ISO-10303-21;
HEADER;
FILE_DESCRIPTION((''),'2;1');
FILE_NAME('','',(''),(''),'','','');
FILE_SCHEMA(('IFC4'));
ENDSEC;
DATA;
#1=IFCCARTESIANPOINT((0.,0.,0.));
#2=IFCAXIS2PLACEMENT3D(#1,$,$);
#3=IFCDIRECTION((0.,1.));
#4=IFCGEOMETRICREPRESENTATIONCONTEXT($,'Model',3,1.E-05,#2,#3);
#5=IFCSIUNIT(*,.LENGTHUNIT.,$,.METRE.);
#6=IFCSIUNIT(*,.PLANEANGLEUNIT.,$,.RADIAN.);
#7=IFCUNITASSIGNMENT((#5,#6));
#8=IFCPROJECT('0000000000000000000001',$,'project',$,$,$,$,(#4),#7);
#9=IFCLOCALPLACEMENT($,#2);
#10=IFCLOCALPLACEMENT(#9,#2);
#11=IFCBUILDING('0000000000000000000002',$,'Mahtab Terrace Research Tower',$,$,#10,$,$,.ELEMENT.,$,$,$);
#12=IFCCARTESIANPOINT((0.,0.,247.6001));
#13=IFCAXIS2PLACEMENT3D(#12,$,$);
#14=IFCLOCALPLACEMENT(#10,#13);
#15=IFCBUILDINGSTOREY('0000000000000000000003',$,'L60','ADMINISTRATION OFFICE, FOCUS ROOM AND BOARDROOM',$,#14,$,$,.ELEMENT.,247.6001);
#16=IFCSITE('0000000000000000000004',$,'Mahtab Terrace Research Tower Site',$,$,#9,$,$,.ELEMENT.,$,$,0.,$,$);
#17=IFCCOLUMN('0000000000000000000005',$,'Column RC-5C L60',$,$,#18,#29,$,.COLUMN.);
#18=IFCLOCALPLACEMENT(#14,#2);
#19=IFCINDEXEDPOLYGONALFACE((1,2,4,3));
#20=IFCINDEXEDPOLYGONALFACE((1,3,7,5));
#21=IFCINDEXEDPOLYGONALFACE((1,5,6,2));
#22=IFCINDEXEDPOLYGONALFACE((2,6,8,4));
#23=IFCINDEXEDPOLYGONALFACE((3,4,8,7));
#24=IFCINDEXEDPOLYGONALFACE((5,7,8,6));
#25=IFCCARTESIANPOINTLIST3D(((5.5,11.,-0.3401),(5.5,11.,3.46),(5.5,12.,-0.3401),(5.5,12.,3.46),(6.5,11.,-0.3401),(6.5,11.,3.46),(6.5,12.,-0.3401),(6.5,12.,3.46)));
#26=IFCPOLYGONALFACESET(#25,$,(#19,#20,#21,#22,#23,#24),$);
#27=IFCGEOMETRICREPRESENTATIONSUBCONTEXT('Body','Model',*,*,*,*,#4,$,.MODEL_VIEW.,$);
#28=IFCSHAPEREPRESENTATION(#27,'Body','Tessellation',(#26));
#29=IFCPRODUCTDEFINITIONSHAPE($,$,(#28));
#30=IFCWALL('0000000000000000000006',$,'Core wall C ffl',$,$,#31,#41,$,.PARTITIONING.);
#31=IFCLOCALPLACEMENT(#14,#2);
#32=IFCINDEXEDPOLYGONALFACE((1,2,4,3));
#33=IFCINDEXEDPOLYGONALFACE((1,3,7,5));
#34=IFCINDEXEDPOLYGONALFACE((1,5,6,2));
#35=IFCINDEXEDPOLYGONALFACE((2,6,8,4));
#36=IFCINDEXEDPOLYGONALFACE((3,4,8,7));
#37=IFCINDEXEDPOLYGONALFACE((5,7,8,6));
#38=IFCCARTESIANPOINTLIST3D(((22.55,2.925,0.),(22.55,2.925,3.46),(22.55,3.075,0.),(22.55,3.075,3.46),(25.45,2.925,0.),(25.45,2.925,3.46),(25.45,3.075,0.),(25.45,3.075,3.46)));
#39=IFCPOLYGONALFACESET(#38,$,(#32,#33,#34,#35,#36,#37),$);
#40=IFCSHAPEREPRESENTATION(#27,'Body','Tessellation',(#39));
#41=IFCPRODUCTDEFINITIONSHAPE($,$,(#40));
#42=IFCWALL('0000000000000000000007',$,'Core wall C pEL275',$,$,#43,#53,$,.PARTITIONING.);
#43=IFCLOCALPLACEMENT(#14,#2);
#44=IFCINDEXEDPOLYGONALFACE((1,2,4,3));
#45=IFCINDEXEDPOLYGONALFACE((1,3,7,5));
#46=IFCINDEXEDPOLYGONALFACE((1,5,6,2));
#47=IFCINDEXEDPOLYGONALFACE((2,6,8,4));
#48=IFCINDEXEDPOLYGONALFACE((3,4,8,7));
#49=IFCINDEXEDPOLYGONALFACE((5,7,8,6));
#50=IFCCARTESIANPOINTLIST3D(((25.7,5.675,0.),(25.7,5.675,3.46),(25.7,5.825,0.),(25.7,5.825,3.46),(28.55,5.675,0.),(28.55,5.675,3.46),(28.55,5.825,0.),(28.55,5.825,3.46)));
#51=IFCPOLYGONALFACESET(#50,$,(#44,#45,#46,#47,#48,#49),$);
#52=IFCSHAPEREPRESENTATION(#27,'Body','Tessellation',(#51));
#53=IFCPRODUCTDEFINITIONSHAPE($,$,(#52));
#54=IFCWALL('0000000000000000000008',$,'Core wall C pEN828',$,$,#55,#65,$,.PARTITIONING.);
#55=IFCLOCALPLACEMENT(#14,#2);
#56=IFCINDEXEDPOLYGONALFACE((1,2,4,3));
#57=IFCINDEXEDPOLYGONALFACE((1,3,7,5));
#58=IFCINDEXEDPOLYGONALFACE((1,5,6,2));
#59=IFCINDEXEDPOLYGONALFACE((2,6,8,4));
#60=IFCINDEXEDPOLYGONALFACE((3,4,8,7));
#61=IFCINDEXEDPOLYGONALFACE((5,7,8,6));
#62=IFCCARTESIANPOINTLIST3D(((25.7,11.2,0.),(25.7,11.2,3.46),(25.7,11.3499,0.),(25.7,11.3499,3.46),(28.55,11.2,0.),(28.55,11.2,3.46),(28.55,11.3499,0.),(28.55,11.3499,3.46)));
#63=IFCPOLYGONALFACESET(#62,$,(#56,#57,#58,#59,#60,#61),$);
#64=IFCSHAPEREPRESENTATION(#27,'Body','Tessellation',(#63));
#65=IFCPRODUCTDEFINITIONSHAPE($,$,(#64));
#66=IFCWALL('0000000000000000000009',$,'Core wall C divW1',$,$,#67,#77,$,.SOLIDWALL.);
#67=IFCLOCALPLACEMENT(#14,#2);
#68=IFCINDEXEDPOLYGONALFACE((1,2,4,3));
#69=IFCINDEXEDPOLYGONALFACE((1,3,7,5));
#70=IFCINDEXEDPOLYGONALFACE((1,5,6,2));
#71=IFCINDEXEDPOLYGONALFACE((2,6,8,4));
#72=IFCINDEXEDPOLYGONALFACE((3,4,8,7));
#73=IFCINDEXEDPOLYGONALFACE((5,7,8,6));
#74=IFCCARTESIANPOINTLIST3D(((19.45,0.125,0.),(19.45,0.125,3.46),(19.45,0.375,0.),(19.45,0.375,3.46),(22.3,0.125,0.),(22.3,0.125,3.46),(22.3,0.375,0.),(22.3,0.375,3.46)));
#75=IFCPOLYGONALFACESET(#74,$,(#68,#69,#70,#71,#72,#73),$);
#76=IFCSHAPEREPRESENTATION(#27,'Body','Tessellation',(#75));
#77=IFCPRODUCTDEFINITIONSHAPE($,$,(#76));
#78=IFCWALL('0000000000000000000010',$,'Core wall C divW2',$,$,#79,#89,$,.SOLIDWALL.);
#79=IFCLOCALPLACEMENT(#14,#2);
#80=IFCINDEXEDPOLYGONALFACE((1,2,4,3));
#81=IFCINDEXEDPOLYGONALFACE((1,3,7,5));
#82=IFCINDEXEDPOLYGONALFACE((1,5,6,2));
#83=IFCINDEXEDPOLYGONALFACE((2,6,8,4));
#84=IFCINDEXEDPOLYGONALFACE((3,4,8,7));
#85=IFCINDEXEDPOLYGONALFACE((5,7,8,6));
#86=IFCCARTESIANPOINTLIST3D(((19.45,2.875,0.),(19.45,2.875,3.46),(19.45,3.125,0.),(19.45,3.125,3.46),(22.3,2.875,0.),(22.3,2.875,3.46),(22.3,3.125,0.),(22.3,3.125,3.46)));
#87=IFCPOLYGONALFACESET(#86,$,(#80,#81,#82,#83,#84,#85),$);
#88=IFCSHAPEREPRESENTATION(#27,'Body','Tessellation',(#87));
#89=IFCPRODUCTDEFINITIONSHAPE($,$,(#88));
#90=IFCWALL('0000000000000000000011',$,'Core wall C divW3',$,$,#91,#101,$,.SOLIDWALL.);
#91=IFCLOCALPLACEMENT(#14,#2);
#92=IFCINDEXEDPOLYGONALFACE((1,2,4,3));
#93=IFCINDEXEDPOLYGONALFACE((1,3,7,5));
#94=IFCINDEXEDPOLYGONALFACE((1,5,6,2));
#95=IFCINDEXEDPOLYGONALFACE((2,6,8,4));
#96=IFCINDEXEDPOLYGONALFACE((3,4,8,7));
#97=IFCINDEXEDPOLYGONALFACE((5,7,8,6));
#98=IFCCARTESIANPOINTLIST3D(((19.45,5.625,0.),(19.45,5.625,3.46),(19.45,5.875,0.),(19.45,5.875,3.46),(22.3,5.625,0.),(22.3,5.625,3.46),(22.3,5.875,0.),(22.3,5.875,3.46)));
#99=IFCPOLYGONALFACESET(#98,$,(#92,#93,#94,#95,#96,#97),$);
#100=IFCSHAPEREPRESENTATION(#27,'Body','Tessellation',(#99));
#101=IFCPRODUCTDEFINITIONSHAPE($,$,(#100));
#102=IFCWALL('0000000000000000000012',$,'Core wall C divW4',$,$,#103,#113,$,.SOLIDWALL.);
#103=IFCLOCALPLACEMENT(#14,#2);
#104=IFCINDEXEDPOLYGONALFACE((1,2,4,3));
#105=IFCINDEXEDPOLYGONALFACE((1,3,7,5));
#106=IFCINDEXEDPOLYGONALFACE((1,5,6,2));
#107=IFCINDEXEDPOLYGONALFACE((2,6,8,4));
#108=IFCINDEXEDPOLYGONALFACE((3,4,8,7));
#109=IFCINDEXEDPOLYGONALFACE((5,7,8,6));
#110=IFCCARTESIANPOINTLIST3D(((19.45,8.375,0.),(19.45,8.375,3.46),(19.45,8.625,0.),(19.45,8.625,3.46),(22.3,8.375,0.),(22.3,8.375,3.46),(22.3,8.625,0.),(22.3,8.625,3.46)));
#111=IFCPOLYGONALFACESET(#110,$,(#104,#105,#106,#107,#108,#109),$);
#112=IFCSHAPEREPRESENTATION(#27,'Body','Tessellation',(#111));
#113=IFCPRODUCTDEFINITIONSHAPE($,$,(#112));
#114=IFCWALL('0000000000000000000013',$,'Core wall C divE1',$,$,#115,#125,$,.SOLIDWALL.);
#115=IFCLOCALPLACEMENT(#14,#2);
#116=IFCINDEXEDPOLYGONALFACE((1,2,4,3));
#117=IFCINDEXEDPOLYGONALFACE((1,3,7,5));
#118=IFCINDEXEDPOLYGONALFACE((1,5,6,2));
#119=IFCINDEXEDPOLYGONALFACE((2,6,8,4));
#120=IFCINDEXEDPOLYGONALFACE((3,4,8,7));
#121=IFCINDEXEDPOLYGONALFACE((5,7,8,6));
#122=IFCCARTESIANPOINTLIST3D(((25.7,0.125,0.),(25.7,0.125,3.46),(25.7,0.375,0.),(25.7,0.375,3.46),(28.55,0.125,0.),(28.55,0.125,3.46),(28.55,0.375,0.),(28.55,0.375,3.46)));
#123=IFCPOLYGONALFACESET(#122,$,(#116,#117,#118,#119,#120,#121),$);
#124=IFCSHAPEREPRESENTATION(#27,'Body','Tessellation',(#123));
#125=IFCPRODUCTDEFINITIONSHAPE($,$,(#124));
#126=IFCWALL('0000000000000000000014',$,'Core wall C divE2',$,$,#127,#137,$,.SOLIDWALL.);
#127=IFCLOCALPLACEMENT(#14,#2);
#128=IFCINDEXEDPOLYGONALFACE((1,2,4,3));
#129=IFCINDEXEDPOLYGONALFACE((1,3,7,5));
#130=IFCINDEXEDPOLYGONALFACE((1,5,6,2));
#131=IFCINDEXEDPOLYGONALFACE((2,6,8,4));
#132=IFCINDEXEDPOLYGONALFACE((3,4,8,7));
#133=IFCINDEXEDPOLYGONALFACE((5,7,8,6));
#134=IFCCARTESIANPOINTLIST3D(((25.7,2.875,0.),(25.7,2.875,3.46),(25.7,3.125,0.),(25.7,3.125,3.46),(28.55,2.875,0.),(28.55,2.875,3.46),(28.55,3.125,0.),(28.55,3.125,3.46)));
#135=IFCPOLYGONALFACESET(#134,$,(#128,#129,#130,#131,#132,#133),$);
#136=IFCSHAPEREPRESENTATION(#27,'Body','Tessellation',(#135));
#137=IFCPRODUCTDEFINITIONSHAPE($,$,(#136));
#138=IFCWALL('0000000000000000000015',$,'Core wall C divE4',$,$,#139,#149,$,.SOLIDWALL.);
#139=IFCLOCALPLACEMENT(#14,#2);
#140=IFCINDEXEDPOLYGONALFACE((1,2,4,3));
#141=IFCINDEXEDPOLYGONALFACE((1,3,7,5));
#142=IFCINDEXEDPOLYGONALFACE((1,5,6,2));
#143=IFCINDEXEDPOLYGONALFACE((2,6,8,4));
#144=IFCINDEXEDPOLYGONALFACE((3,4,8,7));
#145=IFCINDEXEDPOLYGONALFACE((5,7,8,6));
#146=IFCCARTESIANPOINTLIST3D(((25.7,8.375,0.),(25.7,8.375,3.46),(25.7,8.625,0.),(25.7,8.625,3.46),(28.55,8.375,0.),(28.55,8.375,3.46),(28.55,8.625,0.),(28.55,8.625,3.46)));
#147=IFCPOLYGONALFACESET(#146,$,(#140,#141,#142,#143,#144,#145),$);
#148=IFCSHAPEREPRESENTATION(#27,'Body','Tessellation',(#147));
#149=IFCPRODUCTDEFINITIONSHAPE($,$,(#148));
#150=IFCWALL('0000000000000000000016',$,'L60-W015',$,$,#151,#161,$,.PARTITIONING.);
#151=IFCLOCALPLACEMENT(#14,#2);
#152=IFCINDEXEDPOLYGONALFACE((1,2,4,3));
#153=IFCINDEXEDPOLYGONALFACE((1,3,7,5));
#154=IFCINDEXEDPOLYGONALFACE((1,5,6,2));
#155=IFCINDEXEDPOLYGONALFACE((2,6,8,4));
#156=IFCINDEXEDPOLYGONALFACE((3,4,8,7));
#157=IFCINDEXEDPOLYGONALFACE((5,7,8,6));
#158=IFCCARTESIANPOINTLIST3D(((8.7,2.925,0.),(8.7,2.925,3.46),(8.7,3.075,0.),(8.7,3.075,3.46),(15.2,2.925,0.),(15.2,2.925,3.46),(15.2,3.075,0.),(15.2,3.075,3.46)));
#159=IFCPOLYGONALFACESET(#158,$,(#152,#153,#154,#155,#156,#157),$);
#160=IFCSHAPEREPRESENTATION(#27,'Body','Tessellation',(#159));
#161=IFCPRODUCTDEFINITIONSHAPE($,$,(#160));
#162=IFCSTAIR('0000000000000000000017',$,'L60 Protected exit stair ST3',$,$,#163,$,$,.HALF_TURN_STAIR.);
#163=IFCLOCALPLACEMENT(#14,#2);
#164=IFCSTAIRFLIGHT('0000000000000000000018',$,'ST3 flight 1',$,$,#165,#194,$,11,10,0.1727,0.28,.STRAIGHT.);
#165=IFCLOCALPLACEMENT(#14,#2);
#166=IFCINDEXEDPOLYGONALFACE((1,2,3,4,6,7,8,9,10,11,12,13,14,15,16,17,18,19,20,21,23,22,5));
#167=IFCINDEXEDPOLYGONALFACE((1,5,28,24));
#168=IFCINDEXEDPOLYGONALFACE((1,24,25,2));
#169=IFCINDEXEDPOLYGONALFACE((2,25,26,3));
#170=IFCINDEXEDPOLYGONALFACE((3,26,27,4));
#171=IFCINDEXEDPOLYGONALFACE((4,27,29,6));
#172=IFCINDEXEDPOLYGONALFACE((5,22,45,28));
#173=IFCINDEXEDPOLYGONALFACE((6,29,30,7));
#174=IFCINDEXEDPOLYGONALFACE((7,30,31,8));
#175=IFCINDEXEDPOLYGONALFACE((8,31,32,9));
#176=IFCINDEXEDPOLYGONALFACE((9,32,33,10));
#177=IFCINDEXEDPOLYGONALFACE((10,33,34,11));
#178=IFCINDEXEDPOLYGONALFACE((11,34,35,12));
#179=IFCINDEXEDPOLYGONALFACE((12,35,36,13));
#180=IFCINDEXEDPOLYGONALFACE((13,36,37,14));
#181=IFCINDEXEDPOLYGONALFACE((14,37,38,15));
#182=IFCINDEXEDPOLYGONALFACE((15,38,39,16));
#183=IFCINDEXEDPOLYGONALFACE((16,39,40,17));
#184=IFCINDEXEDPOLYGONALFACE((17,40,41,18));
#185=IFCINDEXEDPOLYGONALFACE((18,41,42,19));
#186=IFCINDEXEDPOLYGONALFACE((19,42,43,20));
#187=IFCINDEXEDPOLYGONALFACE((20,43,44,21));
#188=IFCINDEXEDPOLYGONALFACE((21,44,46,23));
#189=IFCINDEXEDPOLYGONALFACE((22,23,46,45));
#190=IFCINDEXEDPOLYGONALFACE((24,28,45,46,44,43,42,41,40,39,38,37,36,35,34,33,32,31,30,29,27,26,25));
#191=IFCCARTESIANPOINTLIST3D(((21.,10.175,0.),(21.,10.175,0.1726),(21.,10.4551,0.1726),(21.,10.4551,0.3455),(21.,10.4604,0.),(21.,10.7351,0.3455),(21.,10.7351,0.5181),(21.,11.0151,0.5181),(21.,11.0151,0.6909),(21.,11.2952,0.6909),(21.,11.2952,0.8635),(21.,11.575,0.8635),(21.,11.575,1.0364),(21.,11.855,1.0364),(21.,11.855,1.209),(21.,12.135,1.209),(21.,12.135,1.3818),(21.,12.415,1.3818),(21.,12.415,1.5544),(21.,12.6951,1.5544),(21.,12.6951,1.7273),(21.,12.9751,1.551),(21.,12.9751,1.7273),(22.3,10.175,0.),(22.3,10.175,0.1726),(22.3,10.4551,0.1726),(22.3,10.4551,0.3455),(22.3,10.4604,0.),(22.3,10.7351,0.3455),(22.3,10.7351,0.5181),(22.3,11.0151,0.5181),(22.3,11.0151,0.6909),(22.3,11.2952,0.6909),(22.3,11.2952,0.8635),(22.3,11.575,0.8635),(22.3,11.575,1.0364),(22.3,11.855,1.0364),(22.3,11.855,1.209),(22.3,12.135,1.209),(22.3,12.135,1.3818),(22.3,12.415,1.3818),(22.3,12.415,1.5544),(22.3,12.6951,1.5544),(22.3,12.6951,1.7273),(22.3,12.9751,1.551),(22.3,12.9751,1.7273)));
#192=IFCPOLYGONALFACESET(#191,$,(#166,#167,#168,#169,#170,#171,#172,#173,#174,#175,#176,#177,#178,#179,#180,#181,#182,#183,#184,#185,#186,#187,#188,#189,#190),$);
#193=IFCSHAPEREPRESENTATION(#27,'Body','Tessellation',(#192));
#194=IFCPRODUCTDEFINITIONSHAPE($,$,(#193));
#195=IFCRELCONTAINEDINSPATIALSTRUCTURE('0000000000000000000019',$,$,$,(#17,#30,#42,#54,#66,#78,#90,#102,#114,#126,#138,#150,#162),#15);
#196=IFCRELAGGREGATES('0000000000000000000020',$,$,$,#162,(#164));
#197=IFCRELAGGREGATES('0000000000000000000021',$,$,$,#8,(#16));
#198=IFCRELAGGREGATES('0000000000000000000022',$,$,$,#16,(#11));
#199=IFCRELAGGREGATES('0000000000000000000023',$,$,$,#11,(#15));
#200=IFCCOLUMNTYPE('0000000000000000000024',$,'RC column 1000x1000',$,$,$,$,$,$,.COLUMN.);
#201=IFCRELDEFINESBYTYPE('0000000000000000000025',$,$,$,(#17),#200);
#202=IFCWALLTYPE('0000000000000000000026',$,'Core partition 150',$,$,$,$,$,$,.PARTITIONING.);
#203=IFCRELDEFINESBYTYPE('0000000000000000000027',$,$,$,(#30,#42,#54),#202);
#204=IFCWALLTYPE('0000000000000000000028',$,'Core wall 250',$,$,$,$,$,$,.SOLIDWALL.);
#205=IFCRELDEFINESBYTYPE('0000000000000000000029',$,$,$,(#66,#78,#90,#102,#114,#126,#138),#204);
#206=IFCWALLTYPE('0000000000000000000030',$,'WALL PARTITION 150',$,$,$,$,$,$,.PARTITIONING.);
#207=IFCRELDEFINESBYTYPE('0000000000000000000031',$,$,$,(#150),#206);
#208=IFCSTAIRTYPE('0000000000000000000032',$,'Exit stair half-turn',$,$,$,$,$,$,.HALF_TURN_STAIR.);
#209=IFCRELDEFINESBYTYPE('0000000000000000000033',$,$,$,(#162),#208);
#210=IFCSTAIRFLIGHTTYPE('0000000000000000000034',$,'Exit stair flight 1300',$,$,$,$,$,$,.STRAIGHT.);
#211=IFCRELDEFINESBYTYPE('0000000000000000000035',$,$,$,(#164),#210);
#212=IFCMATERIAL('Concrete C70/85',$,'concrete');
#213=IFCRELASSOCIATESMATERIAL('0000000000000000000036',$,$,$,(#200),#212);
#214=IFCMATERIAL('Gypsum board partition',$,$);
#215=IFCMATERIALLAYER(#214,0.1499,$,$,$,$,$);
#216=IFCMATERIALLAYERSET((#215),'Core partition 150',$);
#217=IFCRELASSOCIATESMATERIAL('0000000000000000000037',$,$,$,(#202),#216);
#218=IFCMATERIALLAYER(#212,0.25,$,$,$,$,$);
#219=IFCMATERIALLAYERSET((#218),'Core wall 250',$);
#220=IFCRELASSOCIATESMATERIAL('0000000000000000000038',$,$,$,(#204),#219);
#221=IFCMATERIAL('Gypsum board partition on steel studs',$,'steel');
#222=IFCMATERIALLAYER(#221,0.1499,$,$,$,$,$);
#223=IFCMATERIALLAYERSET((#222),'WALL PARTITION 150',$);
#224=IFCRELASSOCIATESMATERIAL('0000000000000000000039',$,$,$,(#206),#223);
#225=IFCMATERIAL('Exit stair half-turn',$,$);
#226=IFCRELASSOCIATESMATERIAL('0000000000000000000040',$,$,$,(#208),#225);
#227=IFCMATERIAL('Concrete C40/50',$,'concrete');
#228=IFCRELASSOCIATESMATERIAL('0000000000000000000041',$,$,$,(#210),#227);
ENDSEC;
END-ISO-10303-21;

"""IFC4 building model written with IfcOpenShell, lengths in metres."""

from ifc_helpers import new_model, si_unit, direction, frame, frame_2d, origin, origin_2d, place, context, subcontext, project, spatial, polyline, rectangle, outline, extrude, material, layer, layer_set, material_profile, profile_set, type_object, element, aggregate, save


model = new_model("IFC4")

# Units and contexts
model_context = context("Model", 3, precision=1e-05, world=origin(), true_north=direction((0.0, 1.0)))
body_context = subcontext(model_context, "Body", "Model", "MODEL_VIEW")
ifc_project = project(units=[si_unit("LENGTHUNIT", "METRE"), si_unit("PLANEANGLEUNIT", "RADIAN")], contexts=[model_context])

# Site, building, storey
site_placement = place(None, origin())
site = spatial("IfcSite", under=ifc_project, at=site_placement, Name="Mahtab Terrace Research Tower Site", CompositionType="ELEMENT", RefElevation=0.0)
building_placement = place(site_placement, origin())
building = spatial("IfcBuilding", under=site, at=building_placement, Name="Mahtab Terrace Research Tower", CompositionType="ELEMENT")
storey_placement = place(building_placement, frame((0.0, 0.0, 247.6001)))
storey = spatial("IfcBuildingStorey", under=building, at=storey_placement, Name="L60", Description="ADMINISTRATION OFFICE, FOCUS ROOM AND BOARDROOM", CompositionType="ELEMENT", Elevation=247.6001)

# Column
ifc_material_1 = material(Name="Concrete C70/85", Category="concrete")
ifc_material_profile = material_profile(ifc_material_1, rectangle(XDim=1.0, YDim=1.0, at=origin_2d()), Name="RC column 1000x1000")
ifc_profile_set = profile_set([ifc_material_profile], Name="Concrete C70/85")
column_type = type_object("IfcColumnType", Name="RC column 1000x1000", PredefinedType="COLUMN", material=ifc_profile_set)
column_placement = place(storey_placement, frame((6.0, 11.5, -0.3401), z_axis=(0.0, 0.0, 1.0), x_axis=(1.0, 0.0, 0.0)))
element("IfcColumn", 1, at=column_placement, inside=storey, type_object=column_type, Name="Column RC-5C L60", PredefinedType="COLUMN", context=body_context, shape_type="SweptSolid", body=[
    extrude(rectangle(XDim=1.0, YDim=1.0, at=origin_2d()), origin(), (0.0, 0.0, 1.0), 3.8),
])

# Walls
ifc_material_2 = material(Name="Gypsum board partition")
ifc_layer_1 = layer(ifc_material_2, 0.1499)
ifc_layer_set_1 = layer_set([ifc_layer_1], Name="Core partition 150")
wall_type_1 = type_object("IfcWallType", Name="Core partition 150", PredefinedType="PARTITIONING", material=ifc_layer_set_1)
wall_1_placement = place(storey_placement, frame((22.55, 3.0, 0.0), z_axis=(0.0, 0.0, 1.0), x_axis=(1.0, 0.0, 0.0)))
element("IfcWall", 2, at=wall_1_placement, inside=storey, type_object=wall_type_1, Name="Core wall C ffl", PredefinedType="PARTITIONING", context=body_context, shape_type="SweptSolid", body=[
    extrude(rectangle(XDim=2.8999, YDim=0.1499, at=frame_2d((1.45, 0.0))), origin(), (0.0, 0.0, 1.0), 3.46),
])
for number, where, z_axis, x_axis, name in (
    (3, (25.7, 5.75, 0.0), (0.0, 0.0, 1.0), (1.0, 0.0, 0.0), "Core wall C pEL275"),
    (4, (25.7, 11.2749, 0.0), (0.0, 0.0, 1.0), (1.0, 0.0, 0.0), "Core wall C pEN828"),
):
    element("IfcWall", number, at=place(storey_placement, frame(where, z_axis=z_axis, x_axis=x_axis)), inside=storey, type_object=wall_type_1, Name=name, PredefinedType="PARTITIONING", context=body_context, shape_type="SweptSolid", body=[
        extrude(rectangle(XDim=2.8501, YDim=0.1499, at=frame_2d((1.425, 0.0))), origin(), (0.0, 0.0, 1.0), 3.46),
    ])
ifc_layer_2 = layer(ifc_material_1, 0.25)
ifc_layer_set_2 = layer_set([ifc_layer_2], Name="Core wall 250")
wall_type_2 = type_object("IfcWallType", Name="Core wall 250", PredefinedType="SOLIDWALL", material=ifc_layer_set_2)
for number, where, z_axis, x_axis, name in (
    (5, (19.45, 0.25, 0.0), (0.0, 0.0, 1.0), (1.0, 0.0, 0.0), "Core wall C divW1"),
    (6, (19.45, 3.0, 0.0), (0.0, 0.0, 1.0), (1.0, 0.0, 0.0), "Core wall C divW2"),
    (7, (19.45, 5.75, 0.0), (0.0, 0.0, 1.0), (1.0, 0.0, 0.0), "Core wall C divW3"),
    (8, (19.45, 8.5, 0.0), (0.0, 0.0, 1.0), (1.0, 0.0, 0.0), "Core wall C divW4"),
    (9, (25.7, 0.25, 0.0), (0.0, 0.0, 1.0), (1.0, 0.0, 0.0), "Core wall C divE1"),
    (10, (25.7, 3.0, 0.0), (0.0, 0.0, 1.0), (1.0, 0.0, 0.0), "Core wall C divE2"),
    (11, (25.7, 8.5, 0.0), (0.0, 0.0, 1.0), (1.0, 0.0, 0.0), "Core wall C divE4"),
):
    element("IfcWall", number, at=place(storey_placement, frame(where, z_axis=z_axis, x_axis=x_axis)), inside=storey, type_object=wall_type_2, Name=name, PredefinedType="SOLIDWALL", context=body_context, shape_type="SweptSolid", body=[
        extrude(rectangle(XDim=2.8501, YDim=0.25, at=frame_2d((1.425, 0.0))), origin(), (0.0, 0.0, 1.0), 3.46),
    ])
ifc_material_3 = material(Name="Gypsum board partition on steel studs", Category="steel")
ifc_layer_3 = layer(ifc_material_3, 0.1499)
ifc_layer_set_3 = layer_set([ifc_layer_3], Name="WALL PARTITION 150")
wall_type_3 = type_object("IfcWallType", Name="WALL PARTITION 150", PredefinedType="PARTITIONING", material=ifc_layer_set_3)
wall_2_placement = place(storey_placement, frame((8.7, 3.0, 0.0), z_axis=(0.0, 0.0, 1.0), x_axis=(1.0, 0.0, 0.0)))
element("IfcWall", 12, at=wall_2_placement, inside=storey, type_object=wall_type_3, Name="L60-W015", PredefinedType="PARTITIONING", context=body_context, shape_type="SweptSolid", body=[
    extrude(rectangle(XDim=6.5, YDim=0.1499, at=frame_2d((3.25, 0.0))), origin(), (0.0, 0.0, 1.0), 3.46),
])

# Stair, stair flight
ifc_material_4 = material(Name="Exit stair half-turn")
stair_type = type_object("IfcStairType", Name="Exit stair half-turn", PredefinedType="HALF_TURN_STAIR", material=ifc_material_4)
stair_placement = place(storey_placement, origin())
stair = element("IfcStair", 13, at=stair_placement, inside=storey, type_object=stair_type, Name="L60 Protected exit stair ST3", PredefinedType="HALF_TURN_STAIR")
ifc_material_5 = material(Name="Concrete C40/50", Category="concrete")
stair_flight_type = type_object("IfcStairFlightType", Name="Exit stair flight 1300", PredefinedType="STRAIGHT", material=ifc_material_5)
stair_flight_placement = place(storey_placement, frame((21.6499, 10.175, 0.0), z_axis=(0.0, 0.0, 1.0), x_axis=(0.0, 1.0, 0.0)))
stair_flight = element("IfcStairFlight", 14, at=stair_flight_placement, type_object=stair_flight_type, Name="ST3 flight 1", NumberOfRisers=11, NumberOfTreads=10, PredefinedType="STRAIGHT", RiserHeight=0.1727, TreadLength=0.28, context=body_context, shape_type="SweptSolid", body=[
    extrude(outline(polyline([(0.0, 0.0), (0.0, 0.1726), (0.28, 0.1726), (0.28, 0.3455), (0.5601, 0.3455), (0.5601, 0.5181), (0.8401, 0.5181), (0.8401, 0.6909), (1.1201, 0.6909), (1.1201, 0.8635), (1.3999, 0.8635), (1.3999, 1.0364), (1.6799, 1.0364), (1.6799, 1.209), (1.96, 1.209), (1.96, 1.3818), (2.24, 1.3818), (2.24, 1.5544), (2.52, 1.5544), (2.52, 1.7273), (2.8, 1.7273), (2.8, 1.8999), (2.8, 1.551), (0.2854, 0.0), (0.0, 0.0)])), frame((0.0, 0.6499, 0.0), z_axis=(0.0, -1.0, 0.0), x_axis=(1.0, 0.0, 0.0)), (0.0, 0.0, 1.0), 1.3),
])
aggregate(stair, [stair_flight])

save(model, "model.ifc")
